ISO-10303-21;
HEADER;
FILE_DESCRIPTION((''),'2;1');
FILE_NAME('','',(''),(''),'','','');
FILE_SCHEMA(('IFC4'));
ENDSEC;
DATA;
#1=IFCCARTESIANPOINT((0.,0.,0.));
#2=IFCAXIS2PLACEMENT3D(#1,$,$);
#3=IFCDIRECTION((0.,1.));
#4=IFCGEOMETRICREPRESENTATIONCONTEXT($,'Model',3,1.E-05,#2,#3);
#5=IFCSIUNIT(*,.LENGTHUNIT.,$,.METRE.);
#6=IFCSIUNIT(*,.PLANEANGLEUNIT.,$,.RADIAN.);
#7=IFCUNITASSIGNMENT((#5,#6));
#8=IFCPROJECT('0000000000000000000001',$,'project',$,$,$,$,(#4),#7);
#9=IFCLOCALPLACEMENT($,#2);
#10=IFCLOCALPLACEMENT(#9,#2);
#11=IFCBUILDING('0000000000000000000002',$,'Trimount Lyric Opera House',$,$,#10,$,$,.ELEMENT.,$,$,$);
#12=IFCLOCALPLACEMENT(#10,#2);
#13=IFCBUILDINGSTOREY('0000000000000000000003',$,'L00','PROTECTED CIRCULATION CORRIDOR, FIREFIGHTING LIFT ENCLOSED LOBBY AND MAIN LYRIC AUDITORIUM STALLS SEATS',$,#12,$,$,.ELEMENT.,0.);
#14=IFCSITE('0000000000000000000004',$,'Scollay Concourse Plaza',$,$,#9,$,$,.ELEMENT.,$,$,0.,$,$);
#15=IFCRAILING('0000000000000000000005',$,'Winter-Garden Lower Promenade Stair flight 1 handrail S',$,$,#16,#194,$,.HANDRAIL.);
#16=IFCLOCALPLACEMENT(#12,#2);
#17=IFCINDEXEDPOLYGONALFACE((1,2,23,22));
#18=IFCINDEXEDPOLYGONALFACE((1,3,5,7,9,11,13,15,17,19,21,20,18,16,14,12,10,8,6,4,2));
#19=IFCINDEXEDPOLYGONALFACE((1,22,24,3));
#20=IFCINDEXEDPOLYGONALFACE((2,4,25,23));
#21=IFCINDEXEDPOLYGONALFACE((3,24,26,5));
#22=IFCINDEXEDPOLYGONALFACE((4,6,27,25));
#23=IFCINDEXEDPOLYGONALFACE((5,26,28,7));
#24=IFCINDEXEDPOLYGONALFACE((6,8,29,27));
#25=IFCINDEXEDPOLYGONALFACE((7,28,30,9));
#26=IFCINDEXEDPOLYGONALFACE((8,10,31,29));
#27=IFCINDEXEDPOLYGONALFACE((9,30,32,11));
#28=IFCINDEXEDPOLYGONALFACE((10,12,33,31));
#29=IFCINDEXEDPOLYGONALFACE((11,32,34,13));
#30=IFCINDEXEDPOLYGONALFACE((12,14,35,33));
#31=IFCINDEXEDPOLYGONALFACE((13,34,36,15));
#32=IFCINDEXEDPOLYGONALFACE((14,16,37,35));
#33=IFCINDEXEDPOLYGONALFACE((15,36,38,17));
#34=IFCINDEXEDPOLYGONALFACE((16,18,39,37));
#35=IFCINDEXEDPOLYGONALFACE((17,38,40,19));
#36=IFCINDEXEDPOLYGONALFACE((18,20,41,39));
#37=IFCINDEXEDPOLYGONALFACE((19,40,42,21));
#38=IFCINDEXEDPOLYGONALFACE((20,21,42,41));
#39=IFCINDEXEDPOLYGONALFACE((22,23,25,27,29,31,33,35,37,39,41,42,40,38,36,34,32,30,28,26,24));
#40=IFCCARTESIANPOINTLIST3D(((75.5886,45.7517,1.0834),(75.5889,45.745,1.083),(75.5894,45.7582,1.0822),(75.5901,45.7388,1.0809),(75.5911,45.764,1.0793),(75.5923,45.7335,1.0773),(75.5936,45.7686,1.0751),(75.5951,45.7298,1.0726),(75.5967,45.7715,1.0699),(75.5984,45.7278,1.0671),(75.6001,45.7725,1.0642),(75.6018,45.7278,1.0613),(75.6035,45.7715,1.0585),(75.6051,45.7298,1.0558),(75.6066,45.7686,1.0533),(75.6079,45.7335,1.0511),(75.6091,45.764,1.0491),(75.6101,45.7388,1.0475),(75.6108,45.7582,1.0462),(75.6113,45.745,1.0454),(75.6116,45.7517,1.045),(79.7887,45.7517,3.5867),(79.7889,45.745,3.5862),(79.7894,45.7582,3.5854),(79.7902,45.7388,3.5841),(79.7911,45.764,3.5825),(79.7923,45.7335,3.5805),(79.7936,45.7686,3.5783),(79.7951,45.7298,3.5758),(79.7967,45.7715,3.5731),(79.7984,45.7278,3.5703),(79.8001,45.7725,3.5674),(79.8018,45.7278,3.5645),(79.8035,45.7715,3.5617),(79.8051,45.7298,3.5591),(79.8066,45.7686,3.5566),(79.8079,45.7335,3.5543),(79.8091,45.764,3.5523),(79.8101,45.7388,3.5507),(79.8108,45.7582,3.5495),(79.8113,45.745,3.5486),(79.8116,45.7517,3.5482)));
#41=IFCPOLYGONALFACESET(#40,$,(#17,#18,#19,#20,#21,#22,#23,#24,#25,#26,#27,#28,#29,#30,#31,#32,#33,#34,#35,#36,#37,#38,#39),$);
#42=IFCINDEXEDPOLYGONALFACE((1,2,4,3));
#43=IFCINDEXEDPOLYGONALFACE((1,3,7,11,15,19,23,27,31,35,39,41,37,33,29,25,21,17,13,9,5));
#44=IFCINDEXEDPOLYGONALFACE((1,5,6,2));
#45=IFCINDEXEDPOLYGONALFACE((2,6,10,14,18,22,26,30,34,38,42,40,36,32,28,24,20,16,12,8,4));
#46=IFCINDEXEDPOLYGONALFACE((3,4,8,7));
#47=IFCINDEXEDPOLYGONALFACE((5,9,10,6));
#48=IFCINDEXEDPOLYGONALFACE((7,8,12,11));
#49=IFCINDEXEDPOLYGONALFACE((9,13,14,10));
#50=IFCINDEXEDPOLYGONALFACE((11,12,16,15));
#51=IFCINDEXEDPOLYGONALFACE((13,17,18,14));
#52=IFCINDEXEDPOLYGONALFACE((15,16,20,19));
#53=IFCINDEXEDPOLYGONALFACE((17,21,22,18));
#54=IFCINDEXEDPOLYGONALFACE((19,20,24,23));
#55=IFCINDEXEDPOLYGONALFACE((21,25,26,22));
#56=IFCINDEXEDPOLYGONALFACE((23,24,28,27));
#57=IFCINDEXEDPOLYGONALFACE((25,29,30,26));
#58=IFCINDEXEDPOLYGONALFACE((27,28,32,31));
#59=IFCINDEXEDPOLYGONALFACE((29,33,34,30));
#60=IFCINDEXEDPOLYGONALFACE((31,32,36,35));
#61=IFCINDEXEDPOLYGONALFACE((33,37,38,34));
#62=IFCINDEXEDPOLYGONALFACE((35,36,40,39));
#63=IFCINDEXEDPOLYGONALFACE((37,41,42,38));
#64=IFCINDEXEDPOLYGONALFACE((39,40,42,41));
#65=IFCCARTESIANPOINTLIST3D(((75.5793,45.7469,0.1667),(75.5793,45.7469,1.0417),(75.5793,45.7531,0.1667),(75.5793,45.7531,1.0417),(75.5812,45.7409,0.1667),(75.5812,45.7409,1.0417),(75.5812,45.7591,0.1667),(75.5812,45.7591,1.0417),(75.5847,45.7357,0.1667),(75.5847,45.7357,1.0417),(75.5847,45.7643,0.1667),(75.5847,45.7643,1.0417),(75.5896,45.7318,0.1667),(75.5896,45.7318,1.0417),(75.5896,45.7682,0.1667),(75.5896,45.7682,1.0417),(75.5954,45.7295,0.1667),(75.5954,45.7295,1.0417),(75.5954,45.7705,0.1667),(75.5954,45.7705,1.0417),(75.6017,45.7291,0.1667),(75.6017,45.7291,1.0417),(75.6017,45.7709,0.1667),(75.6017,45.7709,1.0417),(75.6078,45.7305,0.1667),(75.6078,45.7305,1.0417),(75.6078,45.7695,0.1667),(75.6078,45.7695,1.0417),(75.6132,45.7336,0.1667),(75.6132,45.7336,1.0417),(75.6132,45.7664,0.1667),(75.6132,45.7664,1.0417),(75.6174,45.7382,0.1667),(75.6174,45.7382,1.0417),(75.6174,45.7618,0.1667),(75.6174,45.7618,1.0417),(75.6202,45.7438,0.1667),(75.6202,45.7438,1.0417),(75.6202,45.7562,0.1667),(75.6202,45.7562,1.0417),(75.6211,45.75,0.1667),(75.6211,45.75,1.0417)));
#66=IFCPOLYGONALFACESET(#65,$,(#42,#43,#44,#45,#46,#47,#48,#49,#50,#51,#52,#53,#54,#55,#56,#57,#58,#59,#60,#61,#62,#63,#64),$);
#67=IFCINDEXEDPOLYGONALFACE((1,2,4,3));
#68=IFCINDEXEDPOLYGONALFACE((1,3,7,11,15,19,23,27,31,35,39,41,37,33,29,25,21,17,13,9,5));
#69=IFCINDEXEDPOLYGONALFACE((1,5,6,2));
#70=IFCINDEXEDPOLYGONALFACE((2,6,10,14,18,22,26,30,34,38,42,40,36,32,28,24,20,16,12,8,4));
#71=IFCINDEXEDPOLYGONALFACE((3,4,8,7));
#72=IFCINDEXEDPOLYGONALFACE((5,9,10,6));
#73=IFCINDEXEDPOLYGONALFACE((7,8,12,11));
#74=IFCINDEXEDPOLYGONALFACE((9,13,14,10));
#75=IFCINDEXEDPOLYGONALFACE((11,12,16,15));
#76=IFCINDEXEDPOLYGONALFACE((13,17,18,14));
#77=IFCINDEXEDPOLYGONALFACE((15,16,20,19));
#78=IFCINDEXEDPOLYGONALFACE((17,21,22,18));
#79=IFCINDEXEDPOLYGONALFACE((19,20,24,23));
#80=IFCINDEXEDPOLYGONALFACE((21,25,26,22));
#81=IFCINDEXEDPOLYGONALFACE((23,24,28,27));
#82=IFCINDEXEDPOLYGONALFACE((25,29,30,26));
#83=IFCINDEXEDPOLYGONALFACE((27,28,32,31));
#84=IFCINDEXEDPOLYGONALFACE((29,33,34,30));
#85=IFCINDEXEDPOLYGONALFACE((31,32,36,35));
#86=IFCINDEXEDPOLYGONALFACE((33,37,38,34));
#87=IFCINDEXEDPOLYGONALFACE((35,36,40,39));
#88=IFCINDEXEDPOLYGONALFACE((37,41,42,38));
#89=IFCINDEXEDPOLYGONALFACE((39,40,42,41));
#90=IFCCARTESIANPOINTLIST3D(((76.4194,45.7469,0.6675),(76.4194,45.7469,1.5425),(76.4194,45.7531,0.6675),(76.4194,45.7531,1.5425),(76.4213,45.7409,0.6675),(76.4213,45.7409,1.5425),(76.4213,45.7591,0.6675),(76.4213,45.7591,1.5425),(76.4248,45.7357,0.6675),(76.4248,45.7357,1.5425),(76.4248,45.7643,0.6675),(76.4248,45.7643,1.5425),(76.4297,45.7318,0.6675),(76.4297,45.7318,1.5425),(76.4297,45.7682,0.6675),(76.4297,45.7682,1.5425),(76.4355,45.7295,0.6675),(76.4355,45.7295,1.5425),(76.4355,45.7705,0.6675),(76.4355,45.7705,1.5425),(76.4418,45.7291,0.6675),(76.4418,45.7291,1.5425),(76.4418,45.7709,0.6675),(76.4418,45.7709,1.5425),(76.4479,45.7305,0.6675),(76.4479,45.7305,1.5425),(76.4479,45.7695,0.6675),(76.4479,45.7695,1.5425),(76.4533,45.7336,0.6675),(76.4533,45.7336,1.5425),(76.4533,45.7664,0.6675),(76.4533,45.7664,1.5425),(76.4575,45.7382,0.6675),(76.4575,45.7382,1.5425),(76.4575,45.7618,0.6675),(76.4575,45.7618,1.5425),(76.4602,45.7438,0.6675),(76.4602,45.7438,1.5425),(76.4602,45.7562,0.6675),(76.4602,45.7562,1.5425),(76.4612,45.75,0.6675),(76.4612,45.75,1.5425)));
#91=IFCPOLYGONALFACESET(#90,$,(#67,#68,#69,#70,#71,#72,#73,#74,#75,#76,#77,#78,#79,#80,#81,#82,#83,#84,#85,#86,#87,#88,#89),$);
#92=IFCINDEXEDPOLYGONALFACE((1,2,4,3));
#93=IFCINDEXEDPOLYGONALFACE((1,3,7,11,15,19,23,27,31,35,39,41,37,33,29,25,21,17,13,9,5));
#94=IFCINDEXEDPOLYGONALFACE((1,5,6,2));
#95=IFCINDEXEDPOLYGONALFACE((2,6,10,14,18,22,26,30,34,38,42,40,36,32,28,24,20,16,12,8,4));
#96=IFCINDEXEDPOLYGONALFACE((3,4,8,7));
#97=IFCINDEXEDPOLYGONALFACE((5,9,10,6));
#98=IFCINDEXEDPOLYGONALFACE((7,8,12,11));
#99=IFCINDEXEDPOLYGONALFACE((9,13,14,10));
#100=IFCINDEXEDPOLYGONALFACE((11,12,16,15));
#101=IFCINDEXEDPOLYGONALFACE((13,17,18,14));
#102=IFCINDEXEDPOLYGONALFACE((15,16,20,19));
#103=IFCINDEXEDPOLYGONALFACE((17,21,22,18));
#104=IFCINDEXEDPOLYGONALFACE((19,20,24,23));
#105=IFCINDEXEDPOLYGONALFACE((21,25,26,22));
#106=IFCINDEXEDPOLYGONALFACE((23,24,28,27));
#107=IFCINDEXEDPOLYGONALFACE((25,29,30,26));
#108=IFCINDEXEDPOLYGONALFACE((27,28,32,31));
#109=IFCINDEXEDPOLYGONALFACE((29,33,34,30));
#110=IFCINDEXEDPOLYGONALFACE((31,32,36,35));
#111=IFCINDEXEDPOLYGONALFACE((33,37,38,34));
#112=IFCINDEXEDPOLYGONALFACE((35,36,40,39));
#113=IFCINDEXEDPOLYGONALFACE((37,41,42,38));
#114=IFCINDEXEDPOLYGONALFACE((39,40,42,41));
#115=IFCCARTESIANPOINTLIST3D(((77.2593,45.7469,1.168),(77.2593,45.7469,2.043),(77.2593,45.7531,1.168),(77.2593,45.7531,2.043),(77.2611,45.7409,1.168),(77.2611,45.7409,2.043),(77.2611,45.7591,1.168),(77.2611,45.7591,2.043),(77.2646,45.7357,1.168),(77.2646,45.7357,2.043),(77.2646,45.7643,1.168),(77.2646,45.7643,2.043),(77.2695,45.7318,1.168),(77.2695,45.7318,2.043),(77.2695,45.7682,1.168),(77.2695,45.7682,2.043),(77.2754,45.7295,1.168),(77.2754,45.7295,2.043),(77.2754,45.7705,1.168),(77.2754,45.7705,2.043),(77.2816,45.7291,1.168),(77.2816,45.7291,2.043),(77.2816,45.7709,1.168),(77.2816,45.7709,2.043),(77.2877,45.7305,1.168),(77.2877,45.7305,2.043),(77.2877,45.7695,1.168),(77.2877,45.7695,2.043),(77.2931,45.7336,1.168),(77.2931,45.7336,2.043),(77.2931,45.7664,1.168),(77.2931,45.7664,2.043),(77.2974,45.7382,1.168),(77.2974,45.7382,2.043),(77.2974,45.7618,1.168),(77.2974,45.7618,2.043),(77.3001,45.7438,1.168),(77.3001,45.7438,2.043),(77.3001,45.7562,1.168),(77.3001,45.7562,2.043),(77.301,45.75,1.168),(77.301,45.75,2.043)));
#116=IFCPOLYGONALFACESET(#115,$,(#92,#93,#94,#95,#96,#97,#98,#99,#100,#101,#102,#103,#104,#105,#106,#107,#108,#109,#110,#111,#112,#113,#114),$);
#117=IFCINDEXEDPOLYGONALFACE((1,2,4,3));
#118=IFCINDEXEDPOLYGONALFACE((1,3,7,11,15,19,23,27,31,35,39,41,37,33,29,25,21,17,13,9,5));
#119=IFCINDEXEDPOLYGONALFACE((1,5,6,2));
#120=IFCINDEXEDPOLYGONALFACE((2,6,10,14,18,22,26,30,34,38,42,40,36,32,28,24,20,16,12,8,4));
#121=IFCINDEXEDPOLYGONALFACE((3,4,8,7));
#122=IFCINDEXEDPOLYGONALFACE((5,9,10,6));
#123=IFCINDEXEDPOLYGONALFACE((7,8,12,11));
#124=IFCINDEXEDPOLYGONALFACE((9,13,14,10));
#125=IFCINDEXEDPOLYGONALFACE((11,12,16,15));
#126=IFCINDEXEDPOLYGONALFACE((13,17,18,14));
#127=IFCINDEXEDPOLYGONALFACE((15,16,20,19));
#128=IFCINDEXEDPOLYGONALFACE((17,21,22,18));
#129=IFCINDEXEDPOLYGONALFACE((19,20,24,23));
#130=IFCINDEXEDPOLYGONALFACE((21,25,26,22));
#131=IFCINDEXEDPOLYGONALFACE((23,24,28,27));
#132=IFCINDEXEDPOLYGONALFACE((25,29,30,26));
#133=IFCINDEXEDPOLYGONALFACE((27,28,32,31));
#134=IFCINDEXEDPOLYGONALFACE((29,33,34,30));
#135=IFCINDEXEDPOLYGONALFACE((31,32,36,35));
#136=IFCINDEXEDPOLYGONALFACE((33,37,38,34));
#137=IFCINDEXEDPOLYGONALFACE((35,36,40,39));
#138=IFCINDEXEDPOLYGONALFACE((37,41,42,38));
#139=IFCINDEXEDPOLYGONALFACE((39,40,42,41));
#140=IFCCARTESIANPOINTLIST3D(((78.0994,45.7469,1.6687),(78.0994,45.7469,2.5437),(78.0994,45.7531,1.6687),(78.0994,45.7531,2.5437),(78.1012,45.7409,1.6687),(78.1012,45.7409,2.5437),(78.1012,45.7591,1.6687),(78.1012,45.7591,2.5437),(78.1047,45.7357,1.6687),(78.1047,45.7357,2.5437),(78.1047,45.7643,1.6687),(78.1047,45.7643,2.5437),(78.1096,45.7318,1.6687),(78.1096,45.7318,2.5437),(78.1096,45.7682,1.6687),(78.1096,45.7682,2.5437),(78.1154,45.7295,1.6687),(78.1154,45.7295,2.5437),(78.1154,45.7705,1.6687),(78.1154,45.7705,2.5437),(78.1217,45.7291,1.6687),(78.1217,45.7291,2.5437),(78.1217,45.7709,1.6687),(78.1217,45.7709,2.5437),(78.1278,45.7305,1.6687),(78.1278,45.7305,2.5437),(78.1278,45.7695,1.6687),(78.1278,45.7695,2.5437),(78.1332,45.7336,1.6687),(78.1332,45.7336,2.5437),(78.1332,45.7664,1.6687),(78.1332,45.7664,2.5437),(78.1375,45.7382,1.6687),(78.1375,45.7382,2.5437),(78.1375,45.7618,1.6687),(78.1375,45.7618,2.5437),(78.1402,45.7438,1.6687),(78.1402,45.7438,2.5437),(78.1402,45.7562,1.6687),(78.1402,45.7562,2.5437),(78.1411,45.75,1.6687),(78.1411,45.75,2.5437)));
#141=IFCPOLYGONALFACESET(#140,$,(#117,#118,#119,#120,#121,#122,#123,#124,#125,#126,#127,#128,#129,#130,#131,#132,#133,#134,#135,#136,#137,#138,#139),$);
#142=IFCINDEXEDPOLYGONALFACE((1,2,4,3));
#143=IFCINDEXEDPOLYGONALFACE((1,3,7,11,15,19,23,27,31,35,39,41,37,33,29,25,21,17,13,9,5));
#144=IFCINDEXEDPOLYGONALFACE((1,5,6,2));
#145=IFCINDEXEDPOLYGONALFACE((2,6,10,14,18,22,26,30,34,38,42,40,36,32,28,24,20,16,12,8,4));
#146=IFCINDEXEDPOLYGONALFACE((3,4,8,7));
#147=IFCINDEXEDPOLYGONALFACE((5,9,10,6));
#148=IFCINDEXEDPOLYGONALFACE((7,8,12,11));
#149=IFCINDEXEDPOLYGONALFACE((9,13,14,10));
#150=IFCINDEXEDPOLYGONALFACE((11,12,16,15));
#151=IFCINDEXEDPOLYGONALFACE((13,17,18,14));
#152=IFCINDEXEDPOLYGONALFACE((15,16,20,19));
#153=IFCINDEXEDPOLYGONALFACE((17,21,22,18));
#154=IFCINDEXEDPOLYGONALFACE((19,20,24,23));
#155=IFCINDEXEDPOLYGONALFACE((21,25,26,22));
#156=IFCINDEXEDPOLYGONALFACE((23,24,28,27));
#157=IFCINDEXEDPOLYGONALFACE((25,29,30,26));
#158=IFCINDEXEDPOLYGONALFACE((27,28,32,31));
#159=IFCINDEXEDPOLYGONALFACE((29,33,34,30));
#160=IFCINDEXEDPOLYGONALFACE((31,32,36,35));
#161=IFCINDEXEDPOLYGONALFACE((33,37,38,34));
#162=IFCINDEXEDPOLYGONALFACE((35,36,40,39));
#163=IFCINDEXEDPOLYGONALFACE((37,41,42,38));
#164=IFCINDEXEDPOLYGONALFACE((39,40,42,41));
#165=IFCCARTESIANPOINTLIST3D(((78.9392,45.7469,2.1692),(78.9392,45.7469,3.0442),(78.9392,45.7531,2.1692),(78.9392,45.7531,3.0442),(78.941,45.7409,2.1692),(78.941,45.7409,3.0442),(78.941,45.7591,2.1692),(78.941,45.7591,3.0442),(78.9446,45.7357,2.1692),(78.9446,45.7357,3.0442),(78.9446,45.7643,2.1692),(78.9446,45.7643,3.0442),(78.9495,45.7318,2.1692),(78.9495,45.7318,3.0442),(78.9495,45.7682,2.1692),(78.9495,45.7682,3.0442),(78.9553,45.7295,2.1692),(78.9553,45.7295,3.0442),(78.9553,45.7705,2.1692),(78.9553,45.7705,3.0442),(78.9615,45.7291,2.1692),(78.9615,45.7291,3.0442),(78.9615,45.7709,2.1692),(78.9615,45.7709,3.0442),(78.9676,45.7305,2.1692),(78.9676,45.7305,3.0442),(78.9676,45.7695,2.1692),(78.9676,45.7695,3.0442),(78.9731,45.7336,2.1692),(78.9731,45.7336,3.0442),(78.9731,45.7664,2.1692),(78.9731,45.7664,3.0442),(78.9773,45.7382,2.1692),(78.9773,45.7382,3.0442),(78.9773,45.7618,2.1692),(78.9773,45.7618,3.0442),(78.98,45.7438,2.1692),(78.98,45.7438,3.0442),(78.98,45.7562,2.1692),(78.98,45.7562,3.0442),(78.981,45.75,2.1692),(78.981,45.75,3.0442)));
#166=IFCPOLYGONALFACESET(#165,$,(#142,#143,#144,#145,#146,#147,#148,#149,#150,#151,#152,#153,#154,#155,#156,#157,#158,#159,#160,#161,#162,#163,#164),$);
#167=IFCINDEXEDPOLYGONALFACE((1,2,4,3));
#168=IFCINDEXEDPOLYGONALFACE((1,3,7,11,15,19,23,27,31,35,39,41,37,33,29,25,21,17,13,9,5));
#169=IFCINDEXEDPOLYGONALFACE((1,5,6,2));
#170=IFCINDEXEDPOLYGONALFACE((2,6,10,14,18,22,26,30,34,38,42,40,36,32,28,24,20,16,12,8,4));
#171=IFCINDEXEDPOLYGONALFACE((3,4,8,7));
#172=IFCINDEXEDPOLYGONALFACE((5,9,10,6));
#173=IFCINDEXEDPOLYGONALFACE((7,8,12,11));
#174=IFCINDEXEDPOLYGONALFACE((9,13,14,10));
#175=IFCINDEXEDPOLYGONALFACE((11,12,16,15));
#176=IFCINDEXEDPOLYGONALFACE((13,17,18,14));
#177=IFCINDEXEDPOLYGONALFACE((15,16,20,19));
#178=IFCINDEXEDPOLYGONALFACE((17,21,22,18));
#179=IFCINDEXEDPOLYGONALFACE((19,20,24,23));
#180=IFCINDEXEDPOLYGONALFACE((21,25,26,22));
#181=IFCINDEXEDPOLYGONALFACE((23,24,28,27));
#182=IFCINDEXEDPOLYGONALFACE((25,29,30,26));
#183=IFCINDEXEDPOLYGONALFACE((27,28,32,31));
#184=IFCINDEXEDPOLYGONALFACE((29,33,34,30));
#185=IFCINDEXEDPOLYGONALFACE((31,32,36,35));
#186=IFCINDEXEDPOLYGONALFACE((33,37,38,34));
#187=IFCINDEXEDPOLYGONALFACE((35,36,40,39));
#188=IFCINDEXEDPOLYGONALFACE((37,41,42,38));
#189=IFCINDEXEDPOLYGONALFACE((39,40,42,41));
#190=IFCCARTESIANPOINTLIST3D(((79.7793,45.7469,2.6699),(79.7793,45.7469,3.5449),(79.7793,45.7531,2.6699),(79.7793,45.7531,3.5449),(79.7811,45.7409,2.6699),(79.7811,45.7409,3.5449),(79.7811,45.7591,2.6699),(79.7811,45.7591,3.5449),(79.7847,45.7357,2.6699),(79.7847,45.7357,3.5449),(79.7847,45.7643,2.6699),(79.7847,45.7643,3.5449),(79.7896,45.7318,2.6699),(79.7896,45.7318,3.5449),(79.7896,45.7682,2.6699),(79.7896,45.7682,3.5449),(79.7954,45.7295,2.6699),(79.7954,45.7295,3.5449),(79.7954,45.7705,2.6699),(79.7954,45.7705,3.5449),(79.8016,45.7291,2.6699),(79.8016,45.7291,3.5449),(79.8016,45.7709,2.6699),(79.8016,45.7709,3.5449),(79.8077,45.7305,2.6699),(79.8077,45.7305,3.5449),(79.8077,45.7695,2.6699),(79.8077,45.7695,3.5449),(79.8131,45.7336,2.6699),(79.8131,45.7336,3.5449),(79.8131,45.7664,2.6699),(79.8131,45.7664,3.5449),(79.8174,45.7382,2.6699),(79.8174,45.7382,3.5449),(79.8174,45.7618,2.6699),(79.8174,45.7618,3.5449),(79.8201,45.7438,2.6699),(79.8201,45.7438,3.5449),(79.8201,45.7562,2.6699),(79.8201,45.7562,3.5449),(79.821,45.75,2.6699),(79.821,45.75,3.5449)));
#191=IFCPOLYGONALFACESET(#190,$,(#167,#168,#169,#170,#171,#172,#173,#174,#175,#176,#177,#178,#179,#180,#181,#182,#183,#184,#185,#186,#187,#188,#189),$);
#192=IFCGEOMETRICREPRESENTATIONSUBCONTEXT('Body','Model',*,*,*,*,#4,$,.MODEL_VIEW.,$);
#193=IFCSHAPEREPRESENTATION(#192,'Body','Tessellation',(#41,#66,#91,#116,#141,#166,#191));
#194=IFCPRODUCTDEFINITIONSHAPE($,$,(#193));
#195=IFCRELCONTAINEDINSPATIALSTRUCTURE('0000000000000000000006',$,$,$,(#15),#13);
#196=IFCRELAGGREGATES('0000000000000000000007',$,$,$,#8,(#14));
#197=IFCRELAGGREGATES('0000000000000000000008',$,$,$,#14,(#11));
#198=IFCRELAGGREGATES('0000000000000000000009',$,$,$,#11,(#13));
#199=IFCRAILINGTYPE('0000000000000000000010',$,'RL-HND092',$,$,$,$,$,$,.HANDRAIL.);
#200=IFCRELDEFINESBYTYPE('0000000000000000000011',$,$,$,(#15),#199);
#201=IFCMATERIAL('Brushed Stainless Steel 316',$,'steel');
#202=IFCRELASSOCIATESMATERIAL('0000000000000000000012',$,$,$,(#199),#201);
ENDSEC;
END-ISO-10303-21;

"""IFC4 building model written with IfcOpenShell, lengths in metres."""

from ifc_helpers import new_model, si_unit, direction, frame, origin, origin_2d, place, context, subcontext, project, spatial, circle, extrude, material, type_object, element, save


model = new_model("IFC4")

# Units and contexts
model_context = context("Model", 3, precision=1e-05, world=origin(), true_north=direction((0.0, 1.0)))
body_context = subcontext(model_context, "Body", "Model", "MODEL_VIEW")
ifc_project = project(units=[si_unit("LENGTHUNIT", "METRE"), si_unit("PLANEANGLEUNIT", "RADIAN")], contexts=[model_context])

# Site, building, storey
site_placement = place(None, origin())
site = spatial("IfcSite", under=ifc_project, at=site_placement, Name="Scollay Concourse Plaza", CompositionType="ELEMENT", RefElevation=0.0)
building_placement = place(site_placement, origin())
building = spatial("IfcBuilding", under=site, at=building_placement, Name="Trimount Lyric Opera House", CompositionType="ELEMENT")
storey_placement = place(building_placement, origin())
storey = spatial("IfcBuildingStorey", under=building, at=storey_placement, Name="L00", Description="PROTECTED CIRCULATION CORRIDOR, FIREFIGHTING LIFT ENCLOSED LOBBY AND MAIN LYRIC AUDITORIUM STALLS SEATS", CompositionType="ELEMENT", Elevation=0.0)

# Railing
ifc_material_1 = material(Name="Brushed Stainless Steel 316", Category="steel")
railing_type_1 = type_object("IfcRailingType", Name="RL-HND092", PredefinedType="HANDRAIL", material=ifc_material_1)
for number, where, name in (
    (1, (75.6001, 45.75, 0.1667), "Winter-Garden Lower Promenade Stair flight 1 handrail S"),
):
    element("IfcRailing", number, at=place(storey_placement, frame(where)), inside=storey, type_object=railing_type_1, Name=name, PredefinedType="HANDRAIL", context=body_context, shape_type="SweptSolid", body=[
        extrude(circle(Radius=0.0225, at=origin_2d()), frame((0.0, 0.0, 0.8975), z_axis=(0.859005, 0.0, 0.511967), x_axis=(0.0, 1.0, 0.0)), (0.0, 0.0, 1.0), 4.8894),
        extrude(circle(Radius=0.021, at=origin_2d()), origin(), (0.0, 0.0, 1.0), 0.875),
        extrude(circle(Radius=0.021, at=origin_2d()), frame((0.8401, 0.0, 0.5007)), (0.0, 0.0, 1.0), 0.875),
        extrude(circle(Radius=0.021, at=origin_2d()), frame((1.6799, 0.0, 1.0012)), (0.0, 0.0, 1.0), 0.875),
        extrude(circle(Radius=0.021, at=origin_2d()), frame((2.52, 0.0, 1.502)), (0.0, 0.0, 1.0), 0.875),
        extrude(circle(Radius=0.021, at=origin_2d()), frame((3.3599, 0.0, 2.0024)), (0.0, 0.0, 1.0), 0.875),
        extrude(circle(Radius=0.021, at=origin_2d()), frame((4.2, 0.0, 2.5032)), (0.0, 0.0, 1.0), 0.875),
    ])

save(model, "model.ifc")
